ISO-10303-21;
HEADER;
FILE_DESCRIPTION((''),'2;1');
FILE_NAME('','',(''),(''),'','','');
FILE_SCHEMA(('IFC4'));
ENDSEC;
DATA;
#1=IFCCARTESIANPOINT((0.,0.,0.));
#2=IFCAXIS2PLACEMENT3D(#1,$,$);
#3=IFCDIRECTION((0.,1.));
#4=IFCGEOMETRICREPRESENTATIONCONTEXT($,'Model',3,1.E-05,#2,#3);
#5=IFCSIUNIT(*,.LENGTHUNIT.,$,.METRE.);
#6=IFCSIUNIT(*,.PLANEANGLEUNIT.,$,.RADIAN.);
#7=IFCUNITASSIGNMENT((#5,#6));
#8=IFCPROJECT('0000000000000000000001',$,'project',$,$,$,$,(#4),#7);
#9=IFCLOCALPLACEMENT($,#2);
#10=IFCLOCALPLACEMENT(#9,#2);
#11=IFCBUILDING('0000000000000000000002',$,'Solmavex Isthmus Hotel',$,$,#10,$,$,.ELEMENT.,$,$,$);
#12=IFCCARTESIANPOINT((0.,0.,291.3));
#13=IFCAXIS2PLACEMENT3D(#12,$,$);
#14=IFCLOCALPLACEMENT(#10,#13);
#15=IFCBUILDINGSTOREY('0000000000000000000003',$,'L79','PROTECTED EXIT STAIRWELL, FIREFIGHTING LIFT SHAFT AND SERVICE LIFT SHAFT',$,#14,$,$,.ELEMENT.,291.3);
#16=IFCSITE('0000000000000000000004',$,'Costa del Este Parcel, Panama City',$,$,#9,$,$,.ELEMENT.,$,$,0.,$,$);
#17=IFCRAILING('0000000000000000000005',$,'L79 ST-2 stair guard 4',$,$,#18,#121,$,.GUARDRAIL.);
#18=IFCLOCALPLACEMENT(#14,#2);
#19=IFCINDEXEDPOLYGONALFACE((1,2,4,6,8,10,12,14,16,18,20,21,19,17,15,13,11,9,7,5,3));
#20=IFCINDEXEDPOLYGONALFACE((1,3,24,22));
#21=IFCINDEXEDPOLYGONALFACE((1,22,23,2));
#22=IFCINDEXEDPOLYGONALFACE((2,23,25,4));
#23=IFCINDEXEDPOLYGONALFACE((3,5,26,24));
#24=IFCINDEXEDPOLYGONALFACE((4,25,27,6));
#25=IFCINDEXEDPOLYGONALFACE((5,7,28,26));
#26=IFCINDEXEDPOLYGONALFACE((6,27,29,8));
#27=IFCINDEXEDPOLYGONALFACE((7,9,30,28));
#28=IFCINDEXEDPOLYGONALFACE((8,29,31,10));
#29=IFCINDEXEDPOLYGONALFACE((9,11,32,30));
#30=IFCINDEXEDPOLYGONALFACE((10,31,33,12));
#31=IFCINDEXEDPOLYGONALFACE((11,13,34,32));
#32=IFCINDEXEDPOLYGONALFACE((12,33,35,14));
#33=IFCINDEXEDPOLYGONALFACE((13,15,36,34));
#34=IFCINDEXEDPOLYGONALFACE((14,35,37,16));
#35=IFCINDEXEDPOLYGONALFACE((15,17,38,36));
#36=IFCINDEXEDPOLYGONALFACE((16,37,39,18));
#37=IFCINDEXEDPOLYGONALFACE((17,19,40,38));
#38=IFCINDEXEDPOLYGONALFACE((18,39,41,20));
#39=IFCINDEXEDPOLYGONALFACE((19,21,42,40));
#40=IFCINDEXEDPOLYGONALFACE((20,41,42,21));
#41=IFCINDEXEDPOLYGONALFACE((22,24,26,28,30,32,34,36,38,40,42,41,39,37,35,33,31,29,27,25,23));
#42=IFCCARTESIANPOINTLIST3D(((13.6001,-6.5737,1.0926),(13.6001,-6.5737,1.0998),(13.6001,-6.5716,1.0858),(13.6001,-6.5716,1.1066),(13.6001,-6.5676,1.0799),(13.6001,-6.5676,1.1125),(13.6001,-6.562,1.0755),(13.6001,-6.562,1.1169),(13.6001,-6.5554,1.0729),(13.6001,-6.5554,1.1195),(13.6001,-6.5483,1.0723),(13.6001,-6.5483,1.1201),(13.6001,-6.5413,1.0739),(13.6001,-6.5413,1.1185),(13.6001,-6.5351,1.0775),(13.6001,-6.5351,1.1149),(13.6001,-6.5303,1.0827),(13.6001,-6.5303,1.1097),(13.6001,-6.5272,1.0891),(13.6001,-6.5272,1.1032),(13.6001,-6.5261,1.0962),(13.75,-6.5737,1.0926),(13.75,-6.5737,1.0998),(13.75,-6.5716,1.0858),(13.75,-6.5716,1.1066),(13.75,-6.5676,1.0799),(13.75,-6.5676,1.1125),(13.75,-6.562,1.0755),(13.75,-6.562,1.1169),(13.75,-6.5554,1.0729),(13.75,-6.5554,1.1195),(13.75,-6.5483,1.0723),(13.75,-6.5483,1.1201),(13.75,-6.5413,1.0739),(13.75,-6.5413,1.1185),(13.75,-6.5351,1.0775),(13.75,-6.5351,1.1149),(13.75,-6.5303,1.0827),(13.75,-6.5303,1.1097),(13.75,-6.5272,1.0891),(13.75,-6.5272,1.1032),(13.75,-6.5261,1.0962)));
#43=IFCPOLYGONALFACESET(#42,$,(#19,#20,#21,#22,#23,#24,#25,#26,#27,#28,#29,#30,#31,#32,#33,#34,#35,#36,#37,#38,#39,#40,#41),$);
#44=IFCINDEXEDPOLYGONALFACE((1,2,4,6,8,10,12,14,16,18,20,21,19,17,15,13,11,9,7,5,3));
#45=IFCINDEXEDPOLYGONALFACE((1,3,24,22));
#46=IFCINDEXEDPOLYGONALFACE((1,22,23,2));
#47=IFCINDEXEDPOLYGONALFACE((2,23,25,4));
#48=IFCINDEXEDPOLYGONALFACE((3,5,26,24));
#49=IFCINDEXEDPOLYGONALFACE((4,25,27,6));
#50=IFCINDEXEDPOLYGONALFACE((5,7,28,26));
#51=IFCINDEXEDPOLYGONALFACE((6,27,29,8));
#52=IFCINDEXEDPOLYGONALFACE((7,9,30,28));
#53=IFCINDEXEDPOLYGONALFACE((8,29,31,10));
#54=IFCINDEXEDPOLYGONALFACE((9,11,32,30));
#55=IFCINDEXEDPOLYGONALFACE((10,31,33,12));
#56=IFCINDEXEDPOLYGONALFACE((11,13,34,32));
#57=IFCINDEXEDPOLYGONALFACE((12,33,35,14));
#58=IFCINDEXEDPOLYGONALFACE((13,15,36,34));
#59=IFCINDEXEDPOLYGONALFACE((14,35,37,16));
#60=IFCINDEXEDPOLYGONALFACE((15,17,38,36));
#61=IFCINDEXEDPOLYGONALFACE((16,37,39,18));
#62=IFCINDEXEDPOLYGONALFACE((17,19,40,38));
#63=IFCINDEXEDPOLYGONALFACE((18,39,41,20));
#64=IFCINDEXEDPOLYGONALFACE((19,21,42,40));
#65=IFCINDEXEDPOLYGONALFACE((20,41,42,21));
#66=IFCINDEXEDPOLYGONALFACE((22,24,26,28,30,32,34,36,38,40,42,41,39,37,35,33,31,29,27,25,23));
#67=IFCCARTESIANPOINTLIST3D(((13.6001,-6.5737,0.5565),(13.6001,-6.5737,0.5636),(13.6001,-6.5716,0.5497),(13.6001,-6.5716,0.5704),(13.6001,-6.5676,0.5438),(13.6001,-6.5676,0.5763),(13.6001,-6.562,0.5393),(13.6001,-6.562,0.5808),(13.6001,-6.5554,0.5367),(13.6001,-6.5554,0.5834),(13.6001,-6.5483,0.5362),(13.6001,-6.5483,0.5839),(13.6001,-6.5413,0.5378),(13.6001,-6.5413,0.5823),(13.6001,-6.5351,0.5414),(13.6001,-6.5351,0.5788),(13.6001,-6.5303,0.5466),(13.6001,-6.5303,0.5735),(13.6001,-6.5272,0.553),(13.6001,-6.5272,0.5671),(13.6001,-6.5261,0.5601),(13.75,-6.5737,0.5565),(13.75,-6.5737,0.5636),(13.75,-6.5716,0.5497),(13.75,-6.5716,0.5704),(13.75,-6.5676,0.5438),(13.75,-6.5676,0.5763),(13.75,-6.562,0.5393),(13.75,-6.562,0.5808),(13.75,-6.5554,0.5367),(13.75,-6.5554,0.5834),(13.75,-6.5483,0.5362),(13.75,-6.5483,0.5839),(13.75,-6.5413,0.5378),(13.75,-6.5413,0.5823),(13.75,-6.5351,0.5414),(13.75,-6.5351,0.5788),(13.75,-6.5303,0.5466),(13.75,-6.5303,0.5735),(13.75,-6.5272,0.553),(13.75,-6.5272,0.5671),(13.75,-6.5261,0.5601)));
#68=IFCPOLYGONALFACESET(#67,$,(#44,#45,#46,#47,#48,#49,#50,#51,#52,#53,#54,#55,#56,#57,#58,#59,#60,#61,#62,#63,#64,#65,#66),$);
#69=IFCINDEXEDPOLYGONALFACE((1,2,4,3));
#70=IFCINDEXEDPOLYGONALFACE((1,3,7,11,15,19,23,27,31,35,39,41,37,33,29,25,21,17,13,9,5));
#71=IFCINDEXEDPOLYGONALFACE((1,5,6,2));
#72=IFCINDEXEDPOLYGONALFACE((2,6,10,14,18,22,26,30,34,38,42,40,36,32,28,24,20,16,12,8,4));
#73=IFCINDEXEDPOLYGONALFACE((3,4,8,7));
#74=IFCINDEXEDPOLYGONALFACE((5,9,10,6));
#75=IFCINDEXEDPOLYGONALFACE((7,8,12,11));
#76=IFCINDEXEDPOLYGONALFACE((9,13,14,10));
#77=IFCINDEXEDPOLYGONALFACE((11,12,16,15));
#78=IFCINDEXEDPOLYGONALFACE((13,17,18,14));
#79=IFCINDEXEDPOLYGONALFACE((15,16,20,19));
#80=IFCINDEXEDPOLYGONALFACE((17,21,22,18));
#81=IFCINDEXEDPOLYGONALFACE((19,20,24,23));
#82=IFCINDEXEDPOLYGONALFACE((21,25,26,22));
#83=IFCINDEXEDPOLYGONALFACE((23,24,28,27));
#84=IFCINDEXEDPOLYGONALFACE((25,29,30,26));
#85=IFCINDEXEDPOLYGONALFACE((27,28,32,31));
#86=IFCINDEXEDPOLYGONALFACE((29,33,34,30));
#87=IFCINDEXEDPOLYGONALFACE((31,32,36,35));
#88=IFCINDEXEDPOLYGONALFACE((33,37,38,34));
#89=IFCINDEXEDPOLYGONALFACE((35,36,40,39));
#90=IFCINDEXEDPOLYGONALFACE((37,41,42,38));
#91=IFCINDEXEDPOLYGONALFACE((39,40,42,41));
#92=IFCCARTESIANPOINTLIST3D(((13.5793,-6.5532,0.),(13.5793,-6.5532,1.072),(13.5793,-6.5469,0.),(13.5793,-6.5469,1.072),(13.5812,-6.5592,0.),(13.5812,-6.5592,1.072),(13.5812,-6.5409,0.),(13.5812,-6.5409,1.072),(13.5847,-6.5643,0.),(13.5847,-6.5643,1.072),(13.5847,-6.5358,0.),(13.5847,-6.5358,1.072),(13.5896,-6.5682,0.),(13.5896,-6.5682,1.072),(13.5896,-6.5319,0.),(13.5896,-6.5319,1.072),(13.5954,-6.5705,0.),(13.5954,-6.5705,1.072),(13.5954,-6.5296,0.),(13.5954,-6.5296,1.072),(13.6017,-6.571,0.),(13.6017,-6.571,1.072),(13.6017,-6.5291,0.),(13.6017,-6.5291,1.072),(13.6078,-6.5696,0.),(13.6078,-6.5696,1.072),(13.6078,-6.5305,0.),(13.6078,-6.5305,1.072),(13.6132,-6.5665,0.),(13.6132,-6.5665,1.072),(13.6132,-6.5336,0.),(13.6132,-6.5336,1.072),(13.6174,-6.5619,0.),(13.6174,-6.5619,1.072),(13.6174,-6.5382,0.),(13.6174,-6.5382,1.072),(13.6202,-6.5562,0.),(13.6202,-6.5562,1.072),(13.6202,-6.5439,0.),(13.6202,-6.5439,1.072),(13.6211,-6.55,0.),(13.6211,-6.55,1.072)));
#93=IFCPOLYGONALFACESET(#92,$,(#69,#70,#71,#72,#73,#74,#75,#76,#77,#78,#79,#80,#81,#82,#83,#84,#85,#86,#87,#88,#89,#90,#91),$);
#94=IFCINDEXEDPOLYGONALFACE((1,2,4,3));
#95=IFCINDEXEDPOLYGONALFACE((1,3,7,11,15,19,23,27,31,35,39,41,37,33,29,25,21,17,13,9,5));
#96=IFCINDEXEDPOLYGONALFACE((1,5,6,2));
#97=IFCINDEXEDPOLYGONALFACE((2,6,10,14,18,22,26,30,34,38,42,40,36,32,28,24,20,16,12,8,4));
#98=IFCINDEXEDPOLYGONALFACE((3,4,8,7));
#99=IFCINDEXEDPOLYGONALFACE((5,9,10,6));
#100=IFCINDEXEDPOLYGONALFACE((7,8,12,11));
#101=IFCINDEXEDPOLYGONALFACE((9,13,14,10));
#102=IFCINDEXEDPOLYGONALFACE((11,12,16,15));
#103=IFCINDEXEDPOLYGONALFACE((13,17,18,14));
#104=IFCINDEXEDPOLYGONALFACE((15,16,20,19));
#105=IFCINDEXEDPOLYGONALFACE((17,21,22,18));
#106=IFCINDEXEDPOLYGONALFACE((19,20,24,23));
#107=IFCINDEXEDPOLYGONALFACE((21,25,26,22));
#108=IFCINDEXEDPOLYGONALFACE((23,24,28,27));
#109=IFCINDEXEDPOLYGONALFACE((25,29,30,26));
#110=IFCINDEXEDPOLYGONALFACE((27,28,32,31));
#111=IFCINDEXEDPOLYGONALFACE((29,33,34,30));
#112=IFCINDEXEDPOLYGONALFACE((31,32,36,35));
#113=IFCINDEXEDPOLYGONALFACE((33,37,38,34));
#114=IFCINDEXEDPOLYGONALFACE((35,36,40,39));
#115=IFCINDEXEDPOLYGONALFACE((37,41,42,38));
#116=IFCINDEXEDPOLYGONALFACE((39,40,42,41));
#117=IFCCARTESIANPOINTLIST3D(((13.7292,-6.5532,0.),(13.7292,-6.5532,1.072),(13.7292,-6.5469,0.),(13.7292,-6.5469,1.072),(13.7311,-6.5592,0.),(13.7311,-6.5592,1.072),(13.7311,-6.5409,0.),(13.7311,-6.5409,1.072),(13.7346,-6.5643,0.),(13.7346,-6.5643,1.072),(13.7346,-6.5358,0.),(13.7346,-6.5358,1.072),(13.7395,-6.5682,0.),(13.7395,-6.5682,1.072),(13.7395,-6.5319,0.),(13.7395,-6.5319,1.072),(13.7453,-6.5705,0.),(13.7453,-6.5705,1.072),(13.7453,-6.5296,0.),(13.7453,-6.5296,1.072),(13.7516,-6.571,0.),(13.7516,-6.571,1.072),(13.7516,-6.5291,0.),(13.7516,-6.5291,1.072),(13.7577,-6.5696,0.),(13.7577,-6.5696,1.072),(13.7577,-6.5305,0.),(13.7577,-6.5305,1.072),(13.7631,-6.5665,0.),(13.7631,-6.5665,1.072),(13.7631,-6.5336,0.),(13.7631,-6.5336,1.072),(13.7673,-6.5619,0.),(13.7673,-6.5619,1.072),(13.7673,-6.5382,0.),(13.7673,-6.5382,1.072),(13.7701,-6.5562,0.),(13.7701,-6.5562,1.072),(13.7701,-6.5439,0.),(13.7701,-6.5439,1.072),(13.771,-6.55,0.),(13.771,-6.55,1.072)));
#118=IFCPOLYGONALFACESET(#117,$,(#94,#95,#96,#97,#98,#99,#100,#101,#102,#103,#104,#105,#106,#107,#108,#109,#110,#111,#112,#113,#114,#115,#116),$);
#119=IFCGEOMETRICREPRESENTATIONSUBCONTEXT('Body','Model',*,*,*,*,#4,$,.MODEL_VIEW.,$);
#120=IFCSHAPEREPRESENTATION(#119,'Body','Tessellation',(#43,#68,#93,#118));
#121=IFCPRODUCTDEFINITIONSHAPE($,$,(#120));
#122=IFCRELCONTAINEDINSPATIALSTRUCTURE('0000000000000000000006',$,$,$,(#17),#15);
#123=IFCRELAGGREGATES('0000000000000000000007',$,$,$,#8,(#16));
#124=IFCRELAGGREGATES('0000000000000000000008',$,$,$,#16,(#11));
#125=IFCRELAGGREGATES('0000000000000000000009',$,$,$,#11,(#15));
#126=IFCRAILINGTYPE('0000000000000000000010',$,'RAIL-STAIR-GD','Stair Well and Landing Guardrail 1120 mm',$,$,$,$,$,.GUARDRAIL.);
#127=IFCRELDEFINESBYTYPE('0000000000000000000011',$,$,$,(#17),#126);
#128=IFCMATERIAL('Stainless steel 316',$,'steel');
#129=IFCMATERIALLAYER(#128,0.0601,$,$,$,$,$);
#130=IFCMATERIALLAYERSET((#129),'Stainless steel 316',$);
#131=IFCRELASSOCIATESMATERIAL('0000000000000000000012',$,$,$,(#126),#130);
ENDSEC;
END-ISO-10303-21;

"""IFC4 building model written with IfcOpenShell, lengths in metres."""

from ifc_helpers import new_model, si_unit, direction, frame, origin, origin_2d, place, context, subcontext, project, spatial, circle, extrude, material, layer, layer_set, type_object, element, save


model = new_model("IFC4")

# Units and contexts
model_context = context("Model", 3, precision=1e-05, world=origin(), true_north=direction((0.0, 1.0)))
body_context = subcontext(model_context, "Body", "Model", "MODEL_VIEW")
ifc_project = project(units=[si_unit("LENGTHUNIT", "METRE"), si_unit("PLANEANGLEUNIT", "RADIAN")], contexts=[model_context])

# Site, building, storey
site_placement = place(None, origin())
site = spatial("IfcSite", under=ifc_project, at=site_placement, Name="Costa del Este Parcel, Panama City", CompositionType="ELEMENT", RefElevation=0.0)
building_placement = place(site_placement, origin())
building = spatial("IfcBuilding", under=site, at=building_placement, Name="Solmavex Isthmus Hotel", CompositionType="ELEMENT")
storey_placement = place(building_placement, frame((0.0, 0.0, 291.3)))
storey = spatial("IfcBuildingStorey", under=building, at=storey_placement, Name="L79", Description="PROTECTED EXIT STAIRWELL, FIREFIGHTING LIFT SHAFT AND SERVICE LIFT SHAFT", CompositionType="ELEMENT", Elevation=291.3)

# Railing
ifc_material_1 = material(Name="Stainless steel 316", Category="steel")
ifc_layer_1 = layer(ifc_material_1, 0.0601)
ifc_layer_set_1 = layer_set([ifc_layer_1], Name="Stainless steel 316")
railing_type_1 = type_object("IfcRailingType", Name="RAIL-STAIR-GD", Description="Stair Well and Landing Guardrail 1120 mm", PredefinedType="GUARDRAIL", material=ifc_layer_set_1)
railing_1_placement = place(storey_placement, frame((13.6001, -6.55, 0.0)))
element("IfcRailing", 1, at=railing_1_placement, inside=storey, type_object=railing_type_1, Name="L79 ST-2 stair guard 4", PredefinedType="GUARDRAIL", context=body_context, shape_type="SweptSolid", body=[
    extrude(circle(Radius=0.0239, at=origin_2d()), frame((0.0, 0.0, 1.0962), z_axis=(1.0, 0.0, 0.0), x_axis=(0.0, 1.0, 0.0)), (0.0, 0.0, 1.0), 0.1499),
    extrude(circle(Radius=0.0239, at=origin_2d()), frame((0.0, 0.0, 0.5601), z_axis=(1.0, 0.0, 0.0), x_axis=(0.0, 1.0, 0.0)), (0.0, 0.0, 1.0), 0.1499),
    extrude(circle(Radius=0.021, at=origin_2d()), origin(), (0.0, 0.0, 1.0), 1.072),
    extrude(circle(Radius=0.021, at=origin_2d()), frame((0.1499, 0.0, 0.0)), (0.0, 0.0, 1.0), 1.072),
])

save(model, "model.ifc")
